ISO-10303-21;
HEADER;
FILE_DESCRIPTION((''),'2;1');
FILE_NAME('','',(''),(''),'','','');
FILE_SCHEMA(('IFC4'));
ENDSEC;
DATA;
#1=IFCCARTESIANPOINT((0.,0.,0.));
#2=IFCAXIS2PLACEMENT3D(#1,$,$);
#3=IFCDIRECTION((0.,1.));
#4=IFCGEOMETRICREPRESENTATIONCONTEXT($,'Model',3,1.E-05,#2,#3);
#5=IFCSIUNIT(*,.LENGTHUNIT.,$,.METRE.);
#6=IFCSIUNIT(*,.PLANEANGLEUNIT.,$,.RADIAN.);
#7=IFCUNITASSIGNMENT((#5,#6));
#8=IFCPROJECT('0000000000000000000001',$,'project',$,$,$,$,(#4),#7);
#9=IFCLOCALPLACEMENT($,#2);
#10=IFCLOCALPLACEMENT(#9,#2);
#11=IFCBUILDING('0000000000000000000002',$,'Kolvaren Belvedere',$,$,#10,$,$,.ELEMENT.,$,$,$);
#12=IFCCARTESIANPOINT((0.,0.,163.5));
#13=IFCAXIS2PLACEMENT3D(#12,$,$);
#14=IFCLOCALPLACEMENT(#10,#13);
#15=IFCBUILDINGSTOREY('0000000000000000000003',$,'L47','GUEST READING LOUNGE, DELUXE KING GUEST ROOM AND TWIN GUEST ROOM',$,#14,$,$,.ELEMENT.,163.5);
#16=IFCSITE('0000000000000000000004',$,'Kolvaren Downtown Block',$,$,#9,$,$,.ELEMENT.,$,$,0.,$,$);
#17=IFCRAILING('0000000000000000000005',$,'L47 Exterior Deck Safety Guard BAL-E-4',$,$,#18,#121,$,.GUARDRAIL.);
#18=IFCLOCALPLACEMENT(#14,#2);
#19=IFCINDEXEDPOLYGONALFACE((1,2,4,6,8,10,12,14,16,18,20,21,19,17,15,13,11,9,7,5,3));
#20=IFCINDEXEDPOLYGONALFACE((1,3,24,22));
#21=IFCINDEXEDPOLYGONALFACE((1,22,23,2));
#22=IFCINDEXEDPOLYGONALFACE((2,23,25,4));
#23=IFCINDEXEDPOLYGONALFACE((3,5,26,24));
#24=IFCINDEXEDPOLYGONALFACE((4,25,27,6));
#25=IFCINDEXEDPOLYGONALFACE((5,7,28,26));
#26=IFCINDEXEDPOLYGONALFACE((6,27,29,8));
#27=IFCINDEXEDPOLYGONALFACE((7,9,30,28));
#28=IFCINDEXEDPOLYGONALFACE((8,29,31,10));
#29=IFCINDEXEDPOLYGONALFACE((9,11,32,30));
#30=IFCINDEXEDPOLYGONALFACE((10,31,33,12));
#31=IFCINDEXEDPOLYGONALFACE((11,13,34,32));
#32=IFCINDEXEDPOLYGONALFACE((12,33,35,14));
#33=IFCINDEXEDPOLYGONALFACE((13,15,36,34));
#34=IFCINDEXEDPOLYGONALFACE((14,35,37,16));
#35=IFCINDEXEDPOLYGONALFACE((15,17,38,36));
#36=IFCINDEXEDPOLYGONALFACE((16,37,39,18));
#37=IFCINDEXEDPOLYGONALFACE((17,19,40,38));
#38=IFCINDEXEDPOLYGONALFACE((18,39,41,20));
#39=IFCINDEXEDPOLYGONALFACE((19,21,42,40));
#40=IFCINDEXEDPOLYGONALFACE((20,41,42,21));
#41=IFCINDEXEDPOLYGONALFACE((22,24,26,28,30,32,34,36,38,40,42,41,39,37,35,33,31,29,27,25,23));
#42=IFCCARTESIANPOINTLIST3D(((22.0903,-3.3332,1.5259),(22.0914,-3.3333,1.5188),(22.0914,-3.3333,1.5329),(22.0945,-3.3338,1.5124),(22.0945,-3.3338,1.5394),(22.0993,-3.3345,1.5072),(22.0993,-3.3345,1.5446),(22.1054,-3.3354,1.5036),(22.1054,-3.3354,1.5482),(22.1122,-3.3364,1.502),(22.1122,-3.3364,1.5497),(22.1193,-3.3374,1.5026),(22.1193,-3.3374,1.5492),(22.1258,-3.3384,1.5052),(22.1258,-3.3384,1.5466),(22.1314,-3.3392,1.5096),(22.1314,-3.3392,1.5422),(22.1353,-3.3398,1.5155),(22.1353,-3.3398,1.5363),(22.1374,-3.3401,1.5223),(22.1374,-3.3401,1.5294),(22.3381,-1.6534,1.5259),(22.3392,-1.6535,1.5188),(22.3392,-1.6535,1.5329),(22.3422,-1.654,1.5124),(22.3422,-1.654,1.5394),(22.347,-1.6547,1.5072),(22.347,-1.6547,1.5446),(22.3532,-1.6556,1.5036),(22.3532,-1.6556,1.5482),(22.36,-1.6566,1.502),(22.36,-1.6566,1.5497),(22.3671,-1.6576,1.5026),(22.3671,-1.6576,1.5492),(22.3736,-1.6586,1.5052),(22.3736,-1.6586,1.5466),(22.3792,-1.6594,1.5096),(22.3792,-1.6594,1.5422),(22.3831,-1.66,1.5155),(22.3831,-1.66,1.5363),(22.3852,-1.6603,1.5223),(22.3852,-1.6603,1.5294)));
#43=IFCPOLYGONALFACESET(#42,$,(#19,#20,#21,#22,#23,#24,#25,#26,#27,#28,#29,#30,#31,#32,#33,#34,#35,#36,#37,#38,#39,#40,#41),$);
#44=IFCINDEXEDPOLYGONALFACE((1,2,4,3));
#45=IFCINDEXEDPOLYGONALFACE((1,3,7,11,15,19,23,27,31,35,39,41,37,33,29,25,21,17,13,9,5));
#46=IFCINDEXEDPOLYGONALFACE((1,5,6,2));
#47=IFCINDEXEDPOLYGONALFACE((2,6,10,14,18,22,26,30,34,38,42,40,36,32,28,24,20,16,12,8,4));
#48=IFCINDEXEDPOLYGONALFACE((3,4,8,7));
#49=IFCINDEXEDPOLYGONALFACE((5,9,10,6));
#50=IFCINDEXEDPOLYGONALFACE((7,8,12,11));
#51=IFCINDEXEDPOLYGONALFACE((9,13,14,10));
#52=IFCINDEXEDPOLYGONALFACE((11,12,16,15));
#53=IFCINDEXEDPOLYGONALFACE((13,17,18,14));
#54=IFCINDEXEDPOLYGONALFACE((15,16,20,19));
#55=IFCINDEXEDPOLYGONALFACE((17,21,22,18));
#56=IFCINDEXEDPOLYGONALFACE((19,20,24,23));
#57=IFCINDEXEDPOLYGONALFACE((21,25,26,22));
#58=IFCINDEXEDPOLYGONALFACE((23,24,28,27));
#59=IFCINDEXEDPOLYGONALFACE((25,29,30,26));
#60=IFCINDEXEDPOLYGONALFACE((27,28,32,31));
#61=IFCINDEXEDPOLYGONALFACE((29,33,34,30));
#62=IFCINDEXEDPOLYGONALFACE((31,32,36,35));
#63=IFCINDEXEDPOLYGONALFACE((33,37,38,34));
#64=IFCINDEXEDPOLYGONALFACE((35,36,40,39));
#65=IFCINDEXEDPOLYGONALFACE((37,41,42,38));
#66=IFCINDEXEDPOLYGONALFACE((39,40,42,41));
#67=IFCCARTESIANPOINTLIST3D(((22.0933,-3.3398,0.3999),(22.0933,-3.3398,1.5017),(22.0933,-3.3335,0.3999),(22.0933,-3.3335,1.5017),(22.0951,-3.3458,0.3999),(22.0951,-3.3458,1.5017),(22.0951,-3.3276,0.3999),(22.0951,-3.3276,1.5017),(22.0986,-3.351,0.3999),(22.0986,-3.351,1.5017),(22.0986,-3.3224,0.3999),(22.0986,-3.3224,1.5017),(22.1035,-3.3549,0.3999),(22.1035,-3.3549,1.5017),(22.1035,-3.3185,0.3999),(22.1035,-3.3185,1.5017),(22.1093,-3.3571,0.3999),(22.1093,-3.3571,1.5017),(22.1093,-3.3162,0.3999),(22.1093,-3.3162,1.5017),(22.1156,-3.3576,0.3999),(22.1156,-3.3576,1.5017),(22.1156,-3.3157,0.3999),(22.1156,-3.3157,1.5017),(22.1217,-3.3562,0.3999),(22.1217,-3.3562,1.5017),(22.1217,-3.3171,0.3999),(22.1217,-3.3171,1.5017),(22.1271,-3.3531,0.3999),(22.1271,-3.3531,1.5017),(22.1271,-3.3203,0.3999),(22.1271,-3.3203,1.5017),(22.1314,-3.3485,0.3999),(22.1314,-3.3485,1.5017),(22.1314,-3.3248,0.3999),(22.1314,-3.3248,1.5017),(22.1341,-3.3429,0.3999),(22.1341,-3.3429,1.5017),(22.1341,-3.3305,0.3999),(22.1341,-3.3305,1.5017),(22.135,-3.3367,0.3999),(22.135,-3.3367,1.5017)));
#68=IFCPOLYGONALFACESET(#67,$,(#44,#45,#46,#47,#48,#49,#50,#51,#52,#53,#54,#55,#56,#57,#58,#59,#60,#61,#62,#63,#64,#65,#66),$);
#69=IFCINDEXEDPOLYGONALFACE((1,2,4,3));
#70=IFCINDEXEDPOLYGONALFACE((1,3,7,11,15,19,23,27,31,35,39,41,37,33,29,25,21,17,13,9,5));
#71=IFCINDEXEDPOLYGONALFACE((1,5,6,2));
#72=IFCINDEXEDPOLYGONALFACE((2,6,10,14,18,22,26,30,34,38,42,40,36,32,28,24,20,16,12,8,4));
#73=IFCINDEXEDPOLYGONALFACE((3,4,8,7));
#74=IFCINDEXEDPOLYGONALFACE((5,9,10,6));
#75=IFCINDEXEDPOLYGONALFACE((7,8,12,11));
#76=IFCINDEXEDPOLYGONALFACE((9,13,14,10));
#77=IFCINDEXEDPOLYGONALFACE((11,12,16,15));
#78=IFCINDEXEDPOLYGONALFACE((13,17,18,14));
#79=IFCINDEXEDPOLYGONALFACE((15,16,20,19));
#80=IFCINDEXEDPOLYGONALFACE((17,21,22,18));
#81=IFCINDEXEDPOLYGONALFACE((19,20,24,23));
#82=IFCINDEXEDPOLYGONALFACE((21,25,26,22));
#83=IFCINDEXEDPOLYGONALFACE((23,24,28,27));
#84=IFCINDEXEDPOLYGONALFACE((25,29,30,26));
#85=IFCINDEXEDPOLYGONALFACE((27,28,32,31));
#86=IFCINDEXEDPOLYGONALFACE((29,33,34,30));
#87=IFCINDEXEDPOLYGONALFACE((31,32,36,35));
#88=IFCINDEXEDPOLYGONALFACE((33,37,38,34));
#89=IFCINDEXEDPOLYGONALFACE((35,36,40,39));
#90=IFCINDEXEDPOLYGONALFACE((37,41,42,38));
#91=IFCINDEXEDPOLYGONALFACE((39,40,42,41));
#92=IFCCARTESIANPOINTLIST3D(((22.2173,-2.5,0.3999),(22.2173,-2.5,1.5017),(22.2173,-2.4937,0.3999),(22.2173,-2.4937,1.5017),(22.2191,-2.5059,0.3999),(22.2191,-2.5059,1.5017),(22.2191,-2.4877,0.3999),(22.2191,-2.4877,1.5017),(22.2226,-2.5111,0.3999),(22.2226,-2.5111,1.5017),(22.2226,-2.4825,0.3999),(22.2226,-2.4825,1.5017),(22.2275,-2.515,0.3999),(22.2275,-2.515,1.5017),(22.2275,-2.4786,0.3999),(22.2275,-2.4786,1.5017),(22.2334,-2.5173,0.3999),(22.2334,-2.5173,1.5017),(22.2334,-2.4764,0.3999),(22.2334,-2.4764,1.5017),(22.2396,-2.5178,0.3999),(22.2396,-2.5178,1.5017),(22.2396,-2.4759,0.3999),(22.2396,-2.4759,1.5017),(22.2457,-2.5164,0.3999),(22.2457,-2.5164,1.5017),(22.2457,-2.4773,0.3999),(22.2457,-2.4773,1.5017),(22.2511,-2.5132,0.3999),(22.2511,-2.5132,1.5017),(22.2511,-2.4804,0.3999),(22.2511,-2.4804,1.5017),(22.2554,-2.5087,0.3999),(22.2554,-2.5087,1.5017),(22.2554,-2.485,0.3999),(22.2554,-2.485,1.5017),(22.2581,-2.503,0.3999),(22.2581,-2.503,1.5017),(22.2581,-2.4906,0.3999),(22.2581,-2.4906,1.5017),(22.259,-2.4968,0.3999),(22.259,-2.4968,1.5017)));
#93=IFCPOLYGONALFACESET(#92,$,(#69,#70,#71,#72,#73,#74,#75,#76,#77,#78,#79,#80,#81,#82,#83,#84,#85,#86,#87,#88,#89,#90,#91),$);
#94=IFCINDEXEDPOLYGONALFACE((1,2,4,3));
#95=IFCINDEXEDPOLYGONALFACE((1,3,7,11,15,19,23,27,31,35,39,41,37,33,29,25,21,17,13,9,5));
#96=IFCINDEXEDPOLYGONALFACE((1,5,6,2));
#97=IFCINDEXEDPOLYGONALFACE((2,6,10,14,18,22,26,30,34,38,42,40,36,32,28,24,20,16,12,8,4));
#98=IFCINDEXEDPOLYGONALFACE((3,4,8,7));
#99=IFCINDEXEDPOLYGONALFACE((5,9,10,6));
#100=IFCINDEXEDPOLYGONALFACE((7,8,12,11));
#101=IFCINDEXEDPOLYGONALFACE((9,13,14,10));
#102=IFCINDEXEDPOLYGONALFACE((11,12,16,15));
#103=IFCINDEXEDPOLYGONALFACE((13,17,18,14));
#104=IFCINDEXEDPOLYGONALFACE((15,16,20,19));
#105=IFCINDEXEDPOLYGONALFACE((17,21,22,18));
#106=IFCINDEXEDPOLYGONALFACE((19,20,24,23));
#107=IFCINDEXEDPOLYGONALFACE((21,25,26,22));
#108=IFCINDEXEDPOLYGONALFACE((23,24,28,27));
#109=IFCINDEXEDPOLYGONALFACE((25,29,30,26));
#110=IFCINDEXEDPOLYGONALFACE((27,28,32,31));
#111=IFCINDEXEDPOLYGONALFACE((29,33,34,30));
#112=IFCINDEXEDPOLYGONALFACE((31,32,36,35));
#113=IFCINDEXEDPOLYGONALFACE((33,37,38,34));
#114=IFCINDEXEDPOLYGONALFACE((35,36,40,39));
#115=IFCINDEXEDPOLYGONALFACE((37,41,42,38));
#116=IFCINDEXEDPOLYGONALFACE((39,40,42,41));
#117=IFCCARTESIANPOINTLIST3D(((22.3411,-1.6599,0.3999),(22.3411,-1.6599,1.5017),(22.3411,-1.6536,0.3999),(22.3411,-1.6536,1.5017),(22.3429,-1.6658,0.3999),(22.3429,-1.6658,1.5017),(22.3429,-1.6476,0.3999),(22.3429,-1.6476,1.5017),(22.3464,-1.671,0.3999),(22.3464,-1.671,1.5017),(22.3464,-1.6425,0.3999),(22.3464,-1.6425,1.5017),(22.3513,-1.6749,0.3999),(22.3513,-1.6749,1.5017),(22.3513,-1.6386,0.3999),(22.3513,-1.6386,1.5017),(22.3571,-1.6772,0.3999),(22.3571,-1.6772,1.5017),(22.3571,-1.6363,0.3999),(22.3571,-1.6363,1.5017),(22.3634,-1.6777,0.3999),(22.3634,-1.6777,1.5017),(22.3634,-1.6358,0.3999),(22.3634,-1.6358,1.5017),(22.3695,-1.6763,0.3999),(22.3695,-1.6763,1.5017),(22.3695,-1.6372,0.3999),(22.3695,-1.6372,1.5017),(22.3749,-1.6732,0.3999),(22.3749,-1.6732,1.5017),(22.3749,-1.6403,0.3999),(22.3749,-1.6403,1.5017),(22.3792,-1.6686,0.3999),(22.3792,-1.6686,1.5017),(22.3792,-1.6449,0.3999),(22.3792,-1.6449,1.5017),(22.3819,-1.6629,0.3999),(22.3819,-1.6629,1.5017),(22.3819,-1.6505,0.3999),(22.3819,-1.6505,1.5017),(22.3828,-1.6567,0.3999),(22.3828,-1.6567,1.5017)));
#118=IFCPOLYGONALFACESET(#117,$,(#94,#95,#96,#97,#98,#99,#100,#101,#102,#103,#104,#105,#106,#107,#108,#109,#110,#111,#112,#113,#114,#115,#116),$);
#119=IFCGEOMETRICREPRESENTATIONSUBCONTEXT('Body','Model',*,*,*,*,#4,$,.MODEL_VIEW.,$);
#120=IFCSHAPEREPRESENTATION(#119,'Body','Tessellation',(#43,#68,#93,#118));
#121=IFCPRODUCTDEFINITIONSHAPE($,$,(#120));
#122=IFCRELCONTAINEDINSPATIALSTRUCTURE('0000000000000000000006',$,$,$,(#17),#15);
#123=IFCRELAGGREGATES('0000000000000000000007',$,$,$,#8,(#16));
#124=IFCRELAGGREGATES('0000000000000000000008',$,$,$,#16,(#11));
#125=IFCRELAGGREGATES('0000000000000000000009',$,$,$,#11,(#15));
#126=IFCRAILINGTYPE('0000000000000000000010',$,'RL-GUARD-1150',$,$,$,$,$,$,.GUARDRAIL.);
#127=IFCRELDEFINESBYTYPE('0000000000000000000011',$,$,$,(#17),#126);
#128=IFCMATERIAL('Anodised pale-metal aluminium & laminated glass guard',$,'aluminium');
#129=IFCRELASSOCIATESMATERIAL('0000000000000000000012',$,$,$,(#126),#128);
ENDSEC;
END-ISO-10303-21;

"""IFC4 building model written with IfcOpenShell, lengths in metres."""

from ifc_helpers import new_model, si_unit, direction, frame, origin, origin_2d, place, context, subcontext, project, spatial, circle, extrude, material, type_object, element, save


model = new_model("IFC4")

# Units and contexts
model_context = context("Model", 3, precision=1e-05, world=origin(), true_north=direction((0.0, 1.0)))
body_context = subcontext(model_context, "Body", "Model", "MODEL_VIEW")
ifc_project = project(units=[si_unit("LENGTHUNIT", "METRE"), si_unit("PLANEANGLEUNIT", "RADIAN")], contexts=[model_context])

# Site, building, storey
site_placement = place(None, origin())
site = spatial("IfcSite", under=ifc_project, at=site_placement, Name="Kolvaren Downtown Block", CompositionType="ELEMENT", RefElevation=0.0)
building_placement = place(site_placement, origin())
building = spatial("IfcBuilding", under=site, at=building_placement, Name="Kolvaren Belvedere", CompositionType="ELEMENT")
storey_placement = place(building_placement, frame((0.0, 0.0, 163.5)))
storey = spatial("IfcBuildingStorey", under=building, at=storey_placement, Name="L47", Description="GUEST READING LOUNGE, DELUXE KING GUEST ROOM AND TWIN GUEST ROOM", CompositionType="ELEMENT", Elevation=163.5)

# Railing
ifc_material_1 = material(Name="Anodised pale-metal aluminium & laminated glass guard", Category="aluminium")
railing_type = type_object("IfcRailingType", Name="RL-GUARD-1150", PredefinedType="GUARDRAIL", material=ifc_material_1)
railing_1_placement = place(storey_placement, frame((22.114, -3.3367, 0.3999)))
element("IfcRailing", 1, at=railing_1_placement, inside=storey, type_object=railing_type, Name="L47 Exterior Deck Safety Guard BAL-E-4", PredefinedType="GUARDRAIL", context=body_context, shape_type="SweptSolid", body=[
    extrude(circle(Radius=0.0239, at=origin_2d()), frame((0.0, 0.0, 1.126), z_axis=(0.145929, 0.989295, 0.0), x_axis=(-0.989295, 0.145929, 0.0)), (0.0, 0.0, 1.0), 1.698),
    extrude(circle(Radius=0.021, at=origin_2d()), origin(), (0.0, 0.0, 1.0), 1.1018),
    extrude(circle(Radius=0.021, at=origin_2d()), frame((0.124, 0.8398, 0.0)), (0.0, 0.0, 1.0), 1.1018),
    extrude(circle(Radius=0.021, at=origin_2d()), frame((0.2478, 1.6799, 0.0)), (0.0, 0.0, 1.0), 1.1018),
])

save(model, "model.ifc")
